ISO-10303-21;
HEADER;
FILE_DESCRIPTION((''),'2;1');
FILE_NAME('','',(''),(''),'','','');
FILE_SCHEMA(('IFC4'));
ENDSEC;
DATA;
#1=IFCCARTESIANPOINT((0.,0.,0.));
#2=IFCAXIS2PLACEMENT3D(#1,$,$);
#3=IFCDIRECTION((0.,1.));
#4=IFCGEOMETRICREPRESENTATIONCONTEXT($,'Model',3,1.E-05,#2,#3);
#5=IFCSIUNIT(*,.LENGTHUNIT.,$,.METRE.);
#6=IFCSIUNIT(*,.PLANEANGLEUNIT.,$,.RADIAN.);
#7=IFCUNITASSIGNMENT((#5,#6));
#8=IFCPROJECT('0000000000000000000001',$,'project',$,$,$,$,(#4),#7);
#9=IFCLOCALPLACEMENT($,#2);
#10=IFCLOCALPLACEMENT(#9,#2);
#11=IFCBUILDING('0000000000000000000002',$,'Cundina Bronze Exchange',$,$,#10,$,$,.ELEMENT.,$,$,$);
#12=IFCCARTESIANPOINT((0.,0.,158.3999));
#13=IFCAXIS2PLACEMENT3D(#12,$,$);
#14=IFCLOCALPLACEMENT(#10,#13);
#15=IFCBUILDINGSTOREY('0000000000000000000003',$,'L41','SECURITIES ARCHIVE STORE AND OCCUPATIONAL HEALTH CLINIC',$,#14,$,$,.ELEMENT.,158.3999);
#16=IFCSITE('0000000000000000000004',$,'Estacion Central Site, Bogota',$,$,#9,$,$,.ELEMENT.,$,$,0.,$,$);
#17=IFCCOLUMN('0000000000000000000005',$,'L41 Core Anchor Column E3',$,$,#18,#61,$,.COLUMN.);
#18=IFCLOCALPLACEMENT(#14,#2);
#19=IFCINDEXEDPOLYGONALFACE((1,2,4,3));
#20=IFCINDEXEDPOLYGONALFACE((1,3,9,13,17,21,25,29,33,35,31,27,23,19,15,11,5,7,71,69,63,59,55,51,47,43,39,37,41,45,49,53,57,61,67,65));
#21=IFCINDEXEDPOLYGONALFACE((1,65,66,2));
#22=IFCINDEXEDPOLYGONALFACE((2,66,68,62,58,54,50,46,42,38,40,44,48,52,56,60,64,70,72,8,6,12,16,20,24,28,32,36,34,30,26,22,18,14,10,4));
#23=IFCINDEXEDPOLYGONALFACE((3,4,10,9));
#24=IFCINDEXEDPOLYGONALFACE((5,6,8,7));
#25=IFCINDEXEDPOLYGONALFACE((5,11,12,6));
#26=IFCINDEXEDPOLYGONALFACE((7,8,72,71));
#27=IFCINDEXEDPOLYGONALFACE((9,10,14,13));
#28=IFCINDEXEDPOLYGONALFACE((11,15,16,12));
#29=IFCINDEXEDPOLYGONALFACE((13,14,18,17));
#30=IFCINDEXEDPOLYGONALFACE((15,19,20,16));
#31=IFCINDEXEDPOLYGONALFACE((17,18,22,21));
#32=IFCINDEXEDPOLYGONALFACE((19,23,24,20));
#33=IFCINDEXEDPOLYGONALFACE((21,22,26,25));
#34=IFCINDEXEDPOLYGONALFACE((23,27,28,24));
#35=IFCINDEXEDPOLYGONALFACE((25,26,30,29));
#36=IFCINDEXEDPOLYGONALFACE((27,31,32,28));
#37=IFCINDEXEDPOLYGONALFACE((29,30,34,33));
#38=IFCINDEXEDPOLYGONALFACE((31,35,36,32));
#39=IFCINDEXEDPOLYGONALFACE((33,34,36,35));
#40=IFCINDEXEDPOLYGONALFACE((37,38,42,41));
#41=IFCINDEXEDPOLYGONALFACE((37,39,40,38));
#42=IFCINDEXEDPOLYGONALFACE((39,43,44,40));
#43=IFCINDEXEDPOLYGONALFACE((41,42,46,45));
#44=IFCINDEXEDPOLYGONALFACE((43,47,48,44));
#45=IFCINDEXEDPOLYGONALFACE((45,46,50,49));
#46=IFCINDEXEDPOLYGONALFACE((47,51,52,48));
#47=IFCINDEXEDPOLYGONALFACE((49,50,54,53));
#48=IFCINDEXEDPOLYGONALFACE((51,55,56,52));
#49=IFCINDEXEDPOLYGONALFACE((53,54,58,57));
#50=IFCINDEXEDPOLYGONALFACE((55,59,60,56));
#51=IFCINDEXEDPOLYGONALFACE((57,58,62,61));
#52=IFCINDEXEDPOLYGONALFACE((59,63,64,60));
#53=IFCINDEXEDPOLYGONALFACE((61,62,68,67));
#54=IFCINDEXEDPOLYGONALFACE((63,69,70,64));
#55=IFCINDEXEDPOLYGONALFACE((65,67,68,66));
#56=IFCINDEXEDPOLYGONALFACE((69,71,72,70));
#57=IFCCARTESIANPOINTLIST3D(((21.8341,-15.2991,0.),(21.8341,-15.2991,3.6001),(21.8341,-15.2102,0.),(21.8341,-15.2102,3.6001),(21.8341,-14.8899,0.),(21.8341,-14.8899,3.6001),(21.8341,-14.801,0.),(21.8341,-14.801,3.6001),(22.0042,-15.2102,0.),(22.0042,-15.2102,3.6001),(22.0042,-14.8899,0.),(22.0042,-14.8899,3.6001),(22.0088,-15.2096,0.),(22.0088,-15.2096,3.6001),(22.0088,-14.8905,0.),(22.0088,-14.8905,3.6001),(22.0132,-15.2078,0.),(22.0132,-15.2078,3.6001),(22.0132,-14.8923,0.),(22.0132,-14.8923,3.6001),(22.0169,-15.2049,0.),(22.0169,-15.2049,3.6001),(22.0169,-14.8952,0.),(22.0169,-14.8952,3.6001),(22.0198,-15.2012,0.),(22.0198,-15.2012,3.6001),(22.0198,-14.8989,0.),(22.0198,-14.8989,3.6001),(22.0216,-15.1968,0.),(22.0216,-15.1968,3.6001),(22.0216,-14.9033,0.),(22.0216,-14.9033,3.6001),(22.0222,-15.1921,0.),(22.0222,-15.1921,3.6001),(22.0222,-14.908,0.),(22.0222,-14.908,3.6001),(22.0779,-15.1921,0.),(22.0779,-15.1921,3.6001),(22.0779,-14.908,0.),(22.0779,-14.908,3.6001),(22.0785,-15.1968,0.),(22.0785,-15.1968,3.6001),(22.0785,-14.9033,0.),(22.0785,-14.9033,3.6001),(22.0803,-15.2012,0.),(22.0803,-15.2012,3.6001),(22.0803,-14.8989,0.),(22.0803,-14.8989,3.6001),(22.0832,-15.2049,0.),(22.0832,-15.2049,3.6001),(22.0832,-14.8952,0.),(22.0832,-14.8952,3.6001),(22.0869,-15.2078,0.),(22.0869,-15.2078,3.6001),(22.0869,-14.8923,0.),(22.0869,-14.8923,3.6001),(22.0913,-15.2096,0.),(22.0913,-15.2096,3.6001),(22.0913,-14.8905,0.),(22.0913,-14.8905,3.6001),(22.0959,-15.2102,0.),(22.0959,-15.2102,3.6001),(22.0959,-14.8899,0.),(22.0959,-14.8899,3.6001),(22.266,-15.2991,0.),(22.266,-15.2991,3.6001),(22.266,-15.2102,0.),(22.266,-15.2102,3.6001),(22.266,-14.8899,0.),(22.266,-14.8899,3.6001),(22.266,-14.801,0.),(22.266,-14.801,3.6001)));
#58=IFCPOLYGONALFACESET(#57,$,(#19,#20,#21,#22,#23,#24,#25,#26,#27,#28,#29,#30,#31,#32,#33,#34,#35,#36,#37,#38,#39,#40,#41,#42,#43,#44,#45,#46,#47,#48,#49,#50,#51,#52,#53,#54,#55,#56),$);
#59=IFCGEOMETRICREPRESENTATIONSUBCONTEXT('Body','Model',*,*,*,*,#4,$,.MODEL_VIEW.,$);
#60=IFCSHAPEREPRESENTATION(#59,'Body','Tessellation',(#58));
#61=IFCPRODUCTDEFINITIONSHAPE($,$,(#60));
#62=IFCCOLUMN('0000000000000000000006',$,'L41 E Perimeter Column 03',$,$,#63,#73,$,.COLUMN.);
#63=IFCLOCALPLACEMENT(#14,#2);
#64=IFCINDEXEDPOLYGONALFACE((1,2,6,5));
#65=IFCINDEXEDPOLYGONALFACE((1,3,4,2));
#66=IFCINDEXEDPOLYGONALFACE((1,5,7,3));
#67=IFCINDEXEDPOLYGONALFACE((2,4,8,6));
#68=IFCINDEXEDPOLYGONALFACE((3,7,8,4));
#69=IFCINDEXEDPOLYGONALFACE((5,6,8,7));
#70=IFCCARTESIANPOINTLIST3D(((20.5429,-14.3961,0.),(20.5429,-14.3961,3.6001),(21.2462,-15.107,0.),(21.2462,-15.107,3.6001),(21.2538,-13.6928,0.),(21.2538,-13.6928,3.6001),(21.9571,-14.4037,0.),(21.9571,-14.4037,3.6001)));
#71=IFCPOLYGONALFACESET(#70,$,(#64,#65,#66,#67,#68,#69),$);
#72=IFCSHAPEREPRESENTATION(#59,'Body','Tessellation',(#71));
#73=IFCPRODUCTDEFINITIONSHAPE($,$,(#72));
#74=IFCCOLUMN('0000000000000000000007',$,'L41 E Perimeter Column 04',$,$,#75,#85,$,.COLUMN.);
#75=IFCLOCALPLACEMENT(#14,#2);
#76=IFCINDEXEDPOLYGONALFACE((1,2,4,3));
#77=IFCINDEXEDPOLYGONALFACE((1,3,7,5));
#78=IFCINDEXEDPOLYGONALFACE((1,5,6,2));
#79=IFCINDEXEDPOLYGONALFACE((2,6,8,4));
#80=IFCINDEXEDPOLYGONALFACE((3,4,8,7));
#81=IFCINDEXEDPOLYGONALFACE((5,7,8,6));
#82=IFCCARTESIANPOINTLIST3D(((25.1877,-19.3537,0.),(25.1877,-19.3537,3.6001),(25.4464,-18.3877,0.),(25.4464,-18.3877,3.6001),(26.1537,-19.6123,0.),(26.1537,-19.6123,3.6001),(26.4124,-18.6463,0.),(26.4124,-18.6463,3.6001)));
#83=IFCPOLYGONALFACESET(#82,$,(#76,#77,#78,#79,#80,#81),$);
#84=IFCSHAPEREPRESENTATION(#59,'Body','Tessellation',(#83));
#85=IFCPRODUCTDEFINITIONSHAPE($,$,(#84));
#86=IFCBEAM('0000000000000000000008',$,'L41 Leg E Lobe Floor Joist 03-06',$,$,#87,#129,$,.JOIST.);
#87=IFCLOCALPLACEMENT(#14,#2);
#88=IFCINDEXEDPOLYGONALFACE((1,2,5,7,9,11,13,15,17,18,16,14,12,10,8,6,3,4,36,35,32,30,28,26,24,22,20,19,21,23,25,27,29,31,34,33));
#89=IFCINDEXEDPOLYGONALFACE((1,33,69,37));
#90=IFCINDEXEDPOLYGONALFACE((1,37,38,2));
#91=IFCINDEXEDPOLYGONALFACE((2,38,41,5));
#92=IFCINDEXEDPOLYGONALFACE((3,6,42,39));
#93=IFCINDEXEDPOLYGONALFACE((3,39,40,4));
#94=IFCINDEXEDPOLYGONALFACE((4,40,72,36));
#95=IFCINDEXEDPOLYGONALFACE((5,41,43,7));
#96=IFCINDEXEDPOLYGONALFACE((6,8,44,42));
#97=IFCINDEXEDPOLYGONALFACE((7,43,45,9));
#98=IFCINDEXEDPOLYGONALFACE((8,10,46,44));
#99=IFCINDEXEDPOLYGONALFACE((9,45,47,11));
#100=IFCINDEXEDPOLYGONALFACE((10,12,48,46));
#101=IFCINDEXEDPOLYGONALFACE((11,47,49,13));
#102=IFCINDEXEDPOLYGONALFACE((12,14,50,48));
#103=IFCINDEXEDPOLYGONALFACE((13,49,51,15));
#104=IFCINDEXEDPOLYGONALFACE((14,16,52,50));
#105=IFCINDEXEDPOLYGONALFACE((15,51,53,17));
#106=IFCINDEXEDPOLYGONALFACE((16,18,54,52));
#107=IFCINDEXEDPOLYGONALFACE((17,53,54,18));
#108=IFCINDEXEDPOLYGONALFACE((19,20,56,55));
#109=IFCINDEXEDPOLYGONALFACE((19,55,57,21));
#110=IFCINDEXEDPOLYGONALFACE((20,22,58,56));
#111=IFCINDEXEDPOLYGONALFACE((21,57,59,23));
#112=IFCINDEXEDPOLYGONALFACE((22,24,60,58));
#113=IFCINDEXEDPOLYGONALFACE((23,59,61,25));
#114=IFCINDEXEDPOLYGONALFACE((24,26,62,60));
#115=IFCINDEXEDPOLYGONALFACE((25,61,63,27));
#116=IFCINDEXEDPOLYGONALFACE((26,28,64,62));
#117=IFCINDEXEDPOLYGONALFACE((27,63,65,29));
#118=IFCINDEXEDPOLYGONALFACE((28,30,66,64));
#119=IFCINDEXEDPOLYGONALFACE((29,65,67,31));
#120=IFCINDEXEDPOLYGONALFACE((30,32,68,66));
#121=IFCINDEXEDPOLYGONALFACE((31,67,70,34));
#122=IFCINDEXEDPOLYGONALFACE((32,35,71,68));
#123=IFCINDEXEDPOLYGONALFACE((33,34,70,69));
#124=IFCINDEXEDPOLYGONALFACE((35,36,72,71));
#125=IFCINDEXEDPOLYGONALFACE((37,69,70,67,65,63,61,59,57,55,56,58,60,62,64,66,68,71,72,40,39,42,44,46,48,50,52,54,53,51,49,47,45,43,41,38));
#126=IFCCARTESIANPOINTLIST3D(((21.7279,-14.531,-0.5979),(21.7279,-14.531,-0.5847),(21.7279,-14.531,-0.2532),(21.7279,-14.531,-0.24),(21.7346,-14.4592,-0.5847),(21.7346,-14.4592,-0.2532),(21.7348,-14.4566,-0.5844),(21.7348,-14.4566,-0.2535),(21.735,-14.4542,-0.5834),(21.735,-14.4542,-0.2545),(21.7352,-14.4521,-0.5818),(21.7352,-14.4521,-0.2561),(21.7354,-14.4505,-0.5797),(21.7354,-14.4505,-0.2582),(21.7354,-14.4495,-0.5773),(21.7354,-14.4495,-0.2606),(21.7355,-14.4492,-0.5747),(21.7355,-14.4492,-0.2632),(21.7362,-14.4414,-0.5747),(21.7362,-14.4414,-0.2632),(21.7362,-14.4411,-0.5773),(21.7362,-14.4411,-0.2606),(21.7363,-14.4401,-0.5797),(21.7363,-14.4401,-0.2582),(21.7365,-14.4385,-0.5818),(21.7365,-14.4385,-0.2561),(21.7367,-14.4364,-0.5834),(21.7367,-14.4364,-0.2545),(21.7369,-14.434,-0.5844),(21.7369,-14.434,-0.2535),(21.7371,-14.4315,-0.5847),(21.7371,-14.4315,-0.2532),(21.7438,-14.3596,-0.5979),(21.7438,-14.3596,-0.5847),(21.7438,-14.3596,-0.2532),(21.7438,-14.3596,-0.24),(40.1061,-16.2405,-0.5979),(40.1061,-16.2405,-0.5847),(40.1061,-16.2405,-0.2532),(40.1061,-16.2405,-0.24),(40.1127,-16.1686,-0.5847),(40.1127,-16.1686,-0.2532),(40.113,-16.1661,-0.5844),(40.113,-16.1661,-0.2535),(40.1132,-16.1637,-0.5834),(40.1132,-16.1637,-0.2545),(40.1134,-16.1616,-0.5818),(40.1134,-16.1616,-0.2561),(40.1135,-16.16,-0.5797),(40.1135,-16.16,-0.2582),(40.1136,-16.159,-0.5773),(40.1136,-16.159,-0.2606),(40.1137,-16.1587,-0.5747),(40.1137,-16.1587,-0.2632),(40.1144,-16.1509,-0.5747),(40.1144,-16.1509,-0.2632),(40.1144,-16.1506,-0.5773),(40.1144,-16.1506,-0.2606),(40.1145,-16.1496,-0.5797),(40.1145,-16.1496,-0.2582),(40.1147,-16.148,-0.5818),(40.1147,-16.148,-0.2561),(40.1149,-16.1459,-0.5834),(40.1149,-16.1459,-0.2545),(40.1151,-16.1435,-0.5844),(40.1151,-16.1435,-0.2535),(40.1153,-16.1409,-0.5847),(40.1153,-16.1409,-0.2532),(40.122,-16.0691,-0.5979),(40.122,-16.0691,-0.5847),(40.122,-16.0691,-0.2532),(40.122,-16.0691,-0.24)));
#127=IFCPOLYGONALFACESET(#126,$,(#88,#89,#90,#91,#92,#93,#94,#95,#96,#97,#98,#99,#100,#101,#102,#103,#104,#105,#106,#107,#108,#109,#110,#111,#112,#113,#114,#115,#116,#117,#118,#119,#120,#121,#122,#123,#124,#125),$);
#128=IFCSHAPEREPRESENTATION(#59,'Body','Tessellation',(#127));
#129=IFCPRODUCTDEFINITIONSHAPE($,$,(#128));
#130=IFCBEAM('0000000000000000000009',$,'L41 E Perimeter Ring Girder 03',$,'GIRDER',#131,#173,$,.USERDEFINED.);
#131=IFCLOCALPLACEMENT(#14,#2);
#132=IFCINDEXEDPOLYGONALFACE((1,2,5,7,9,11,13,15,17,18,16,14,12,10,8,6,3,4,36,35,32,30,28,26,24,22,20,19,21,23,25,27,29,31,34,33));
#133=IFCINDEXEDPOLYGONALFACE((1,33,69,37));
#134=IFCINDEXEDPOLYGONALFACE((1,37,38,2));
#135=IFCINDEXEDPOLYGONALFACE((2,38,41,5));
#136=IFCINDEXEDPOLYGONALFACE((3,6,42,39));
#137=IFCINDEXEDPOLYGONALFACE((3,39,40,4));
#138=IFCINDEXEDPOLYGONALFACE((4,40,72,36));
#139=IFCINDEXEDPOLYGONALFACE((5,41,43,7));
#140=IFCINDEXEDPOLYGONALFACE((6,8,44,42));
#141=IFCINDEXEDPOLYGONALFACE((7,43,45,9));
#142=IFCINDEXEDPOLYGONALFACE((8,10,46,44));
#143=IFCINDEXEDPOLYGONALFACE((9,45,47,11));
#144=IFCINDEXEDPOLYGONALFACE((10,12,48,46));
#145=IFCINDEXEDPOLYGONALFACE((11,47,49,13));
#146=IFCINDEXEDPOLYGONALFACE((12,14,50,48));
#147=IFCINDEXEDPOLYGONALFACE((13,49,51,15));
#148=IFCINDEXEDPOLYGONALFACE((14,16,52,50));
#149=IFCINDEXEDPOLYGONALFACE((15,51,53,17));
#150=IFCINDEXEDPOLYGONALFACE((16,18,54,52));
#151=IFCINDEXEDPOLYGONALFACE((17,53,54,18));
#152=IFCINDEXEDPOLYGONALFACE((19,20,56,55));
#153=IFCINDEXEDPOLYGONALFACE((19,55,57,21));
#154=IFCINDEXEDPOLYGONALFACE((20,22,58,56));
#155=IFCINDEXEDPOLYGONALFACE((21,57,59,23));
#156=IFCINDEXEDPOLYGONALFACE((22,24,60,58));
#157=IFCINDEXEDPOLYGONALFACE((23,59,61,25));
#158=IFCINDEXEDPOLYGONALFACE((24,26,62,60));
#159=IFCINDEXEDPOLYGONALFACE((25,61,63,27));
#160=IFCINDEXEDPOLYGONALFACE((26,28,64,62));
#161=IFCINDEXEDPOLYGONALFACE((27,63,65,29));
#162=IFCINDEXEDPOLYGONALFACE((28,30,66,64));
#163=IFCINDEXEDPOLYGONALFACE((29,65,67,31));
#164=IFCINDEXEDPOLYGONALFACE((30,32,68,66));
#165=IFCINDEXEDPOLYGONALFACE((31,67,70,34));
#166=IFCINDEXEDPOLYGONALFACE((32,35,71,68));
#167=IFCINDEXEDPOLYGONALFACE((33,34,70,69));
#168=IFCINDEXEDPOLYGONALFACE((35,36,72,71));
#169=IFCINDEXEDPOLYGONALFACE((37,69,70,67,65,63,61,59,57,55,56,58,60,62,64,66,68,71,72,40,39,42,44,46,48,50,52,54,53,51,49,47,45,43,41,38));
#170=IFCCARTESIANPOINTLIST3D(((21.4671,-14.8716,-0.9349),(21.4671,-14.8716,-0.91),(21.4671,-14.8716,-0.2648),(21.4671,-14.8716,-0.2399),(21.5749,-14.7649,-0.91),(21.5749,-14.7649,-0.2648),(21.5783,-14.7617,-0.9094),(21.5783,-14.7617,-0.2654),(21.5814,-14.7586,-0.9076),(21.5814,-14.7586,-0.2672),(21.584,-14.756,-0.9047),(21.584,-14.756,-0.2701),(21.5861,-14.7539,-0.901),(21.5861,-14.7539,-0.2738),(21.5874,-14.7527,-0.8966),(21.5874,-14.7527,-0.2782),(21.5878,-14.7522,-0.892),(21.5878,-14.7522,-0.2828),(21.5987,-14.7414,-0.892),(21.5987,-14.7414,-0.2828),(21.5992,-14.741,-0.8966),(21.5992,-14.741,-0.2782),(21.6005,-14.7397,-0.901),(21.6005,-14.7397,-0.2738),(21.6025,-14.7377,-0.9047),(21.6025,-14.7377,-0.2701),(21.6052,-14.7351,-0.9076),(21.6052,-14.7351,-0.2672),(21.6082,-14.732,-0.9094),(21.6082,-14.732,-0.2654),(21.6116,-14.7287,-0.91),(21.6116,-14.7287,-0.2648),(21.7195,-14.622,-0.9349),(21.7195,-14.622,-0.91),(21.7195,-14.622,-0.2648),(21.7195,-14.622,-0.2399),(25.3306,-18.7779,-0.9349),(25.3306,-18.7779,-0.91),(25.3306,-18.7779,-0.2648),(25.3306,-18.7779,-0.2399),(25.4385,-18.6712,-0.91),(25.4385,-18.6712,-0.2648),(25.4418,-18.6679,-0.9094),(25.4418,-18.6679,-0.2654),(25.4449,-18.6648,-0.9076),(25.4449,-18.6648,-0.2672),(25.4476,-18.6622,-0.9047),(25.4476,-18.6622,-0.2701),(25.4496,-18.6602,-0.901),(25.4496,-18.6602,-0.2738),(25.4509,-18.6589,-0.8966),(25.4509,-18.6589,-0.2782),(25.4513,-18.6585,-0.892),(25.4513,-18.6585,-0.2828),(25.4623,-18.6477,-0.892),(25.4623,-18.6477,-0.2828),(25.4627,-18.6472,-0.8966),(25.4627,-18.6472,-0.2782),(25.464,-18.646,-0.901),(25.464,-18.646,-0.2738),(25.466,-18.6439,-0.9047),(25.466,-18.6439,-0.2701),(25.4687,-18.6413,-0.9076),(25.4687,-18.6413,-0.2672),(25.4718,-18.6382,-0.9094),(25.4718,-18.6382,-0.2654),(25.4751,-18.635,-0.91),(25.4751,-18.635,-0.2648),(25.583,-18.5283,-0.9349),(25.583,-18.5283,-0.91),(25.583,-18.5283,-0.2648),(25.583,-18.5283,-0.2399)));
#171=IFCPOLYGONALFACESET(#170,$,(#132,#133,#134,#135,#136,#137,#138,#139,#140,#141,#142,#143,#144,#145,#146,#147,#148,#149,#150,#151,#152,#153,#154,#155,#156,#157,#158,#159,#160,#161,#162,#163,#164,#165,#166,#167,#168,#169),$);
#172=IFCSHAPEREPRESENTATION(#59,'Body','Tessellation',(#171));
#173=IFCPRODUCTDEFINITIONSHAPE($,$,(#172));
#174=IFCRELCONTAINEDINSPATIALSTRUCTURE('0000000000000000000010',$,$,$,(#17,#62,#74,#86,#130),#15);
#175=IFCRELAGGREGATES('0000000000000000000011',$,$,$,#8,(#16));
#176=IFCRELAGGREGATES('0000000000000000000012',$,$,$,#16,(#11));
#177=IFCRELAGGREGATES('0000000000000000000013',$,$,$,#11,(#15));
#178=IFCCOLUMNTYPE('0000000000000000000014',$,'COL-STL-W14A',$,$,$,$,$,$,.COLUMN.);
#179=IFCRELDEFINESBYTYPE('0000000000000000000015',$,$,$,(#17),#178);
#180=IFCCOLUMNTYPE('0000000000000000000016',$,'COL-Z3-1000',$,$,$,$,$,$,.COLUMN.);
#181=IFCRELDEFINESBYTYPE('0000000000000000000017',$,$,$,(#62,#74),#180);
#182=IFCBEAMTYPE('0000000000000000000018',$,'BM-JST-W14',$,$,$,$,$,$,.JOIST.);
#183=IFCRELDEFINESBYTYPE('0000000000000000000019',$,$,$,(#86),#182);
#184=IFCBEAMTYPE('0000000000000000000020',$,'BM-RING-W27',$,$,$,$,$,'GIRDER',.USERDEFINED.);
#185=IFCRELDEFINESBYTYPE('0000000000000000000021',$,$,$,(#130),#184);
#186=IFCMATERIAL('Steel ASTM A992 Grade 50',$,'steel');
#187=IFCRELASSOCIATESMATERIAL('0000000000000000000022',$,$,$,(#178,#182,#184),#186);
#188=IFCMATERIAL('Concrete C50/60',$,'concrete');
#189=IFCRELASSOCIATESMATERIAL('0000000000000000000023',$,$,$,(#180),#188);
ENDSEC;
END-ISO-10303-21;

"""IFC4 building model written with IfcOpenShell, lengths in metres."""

from ifc_helpers import new_model, si_unit, direction, frame, origin, origin_2d, place, context, subcontext, project, spatial, rectangle, i_section, extrude, material, material_profile, profile_set, type_object, element, save


model = new_model("IFC4")

# Units and contexts
model_context = context("Model", 3, precision=1e-05, world=origin(), true_north=direction((0.0, 1.0)))
body_context = subcontext(model_context, "Body", "Model", "MODEL_VIEW")
ifc_project = project(units=[si_unit("LENGTHUNIT", "METRE"), si_unit("PLANEANGLEUNIT", "RADIAN")], contexts=[model_context])

# Site, building, storey
site_placement = place(None, origin())
site = spatial("IfcSite", under=ifc_project, at=site_placement, Name="Estacion Central Site, Bogota", CompositionType="ELEMENT", RefElevation=0.0)
building_placement = place(site_placement, origin())
building = spatial("IfcBuilding", under=site, at=building_placement, Name="Cundina Bronze Exchange", CompositionType="ELEMENT")
storey_placement = place(building_placement, frame((0.0, 0.0, 158.3999)))
storey = spatial("IfcBuildingStorey", under=building, at=storey_placement, Name="L41", Description="SECURITIES ARCHIVE STORE AND OCCUPATIONAL HEALTH CLINIC", CompositionType="ELEMENT", Elevation=158.3999)

# Columns
ifc_material_1 = material(Name="Steel ASTM A992 Grade 50", Category="steel")
ifc_material_profile_1 = material_profile(ifc_material_1, i_section(OverallWidth=0.4319, OverallDepth=0.498, WebThickness=0.0557, FlangeThickness=0.0889, FilletRadius=0.0181, at=origin_2d()), Name="W14X500", Category="steel")
ifc_profile_set_1 = profile_set([ifc_material_profile_1], Name="Steel ASTM A992 Grade 50")
column_type_1 = type_object("IfcColumnType", Name="COL-STL-W14A", PredefinedType="COLUMN", material=ifc_profile_set_1)
column_placement = place(storey_placement, frame((22.05, -15.05, 0.0), z_axis=(0.0, 0.0, 1.0), x_axis=(1.0, 0.0, 0.0)))
element("IfcColumn", 1, at=column_placement, inside=storey, type_object=column_type_1, Name="L41 Core Anchor Column E3", PredefinedType="COLUMN", context=body_context, shape_type="SweptSolid", body=[
    extrude(i_section(OverallWidth=0.4319, OverallDepth=0.498, WebThickness=0.0557, FlangeThickness=0.0889, FilletRadius=0.0181, at=origin_2d()), origin(), (0.0, 0.0, 1.0), 3.6001),
])
ifc_material_2 = material(Name="Concrete C50/60", Category="concrete")
ifc_material_profile_2 = material_profile(ifc_material_2, rectangle(XDim=1.0, YDim=1.0, at=origin_2d()), Name="RC1000X1000", Category="concrete")
ifc_profile_set_2 = profile_set([ifc_material_profile_2], Name="Concrete C50/60")
column_type_2 = type_object("IfcColumnType", Name="COL-Z3-1000", PredefinedType="COLUMN", material=ifc_profile_set_2)
for number, where, z_axis, x_axis, name in (
    (2, (21.25, -14.3999, 0.0), (0.0, 0.0, 1.0), (0.703271, -0.710922, 0.0), "L41 E Perimeter Column 03"),
    (3, (25.8, -19.0, 0.0), (0.0, 0.0, 1.0), (0.965971, -0.25865, 0.0), "L41 E Perimeter Column 04"),
):
    element("IfcColumn", number, at=place(storey_placement, frame(where, z_axis=z_axis, x_axis=x_axis)), inside=storey, type_object=column_type_2, Name=name, PredefinedType="COLUMN", context=body_context, shape_type="SweptSolid", body=[
        extrude(rectangle(XDim=1.0, YDim=1.0, at=origin_2d()), origin(), (0.0, 0.0, 1.0), 3.6001),
    ])

# Beams
ifc_material_profile_3 = material_profile(ifc_material_1, i_section(OverallWidth=0.1721, OverallDepth=0.3579, WebThickness=0.0078, FlangeThickness=0.0132, FilletRadius=0.01, at=origin_2d()), Name="W14X38", Category="steel")
ifc_profile_set_3 = profile_set([ifc_material_profile_3], Name="Steel ASTM A992 Grade 50")
beam_type_1 = type_object("IfcBeamType", Name="BM-JST-W14", PredefinedType="JOIST", material=ifc_profile_set_3)
beam_1_placement = place(storey_placement, frame((21.7358, -14.4453, -0.4189), z_axis=(0.995702, -0.092617, 0.0), x_axis=(0.092617, 0.995702, 0.0)))
element("IfcBeam", 4, at=beam_1_placement, inside=storey, type_object=beam_type_1, Name="L41 Leg E Lobe Floor Joist 03-06", PredefinedType="JOIST", context=body_context, shape_type="SweptSolid", body=[
    extrude(i_section(OverallWidth=0.1721, OverallDepth=0.3579, WebThickness=0.0078, FlangeThickness=0.0132, FilletRadius=0.01, at=origin_2d()), origin(), (0.0, 0.0, 1.0), 18.4575),
])
ifc_material_profile_4 = material_profile(ifc_material_1, i_section(OverallWidth=0.355, OverallDepth=0.6951, WebThickness=0.0154, FlangeThickness=0.0249, FilletRadius=0.0181, at=origin_2d()), Name="W27X146", Category="steel")
ifc_profile_set_4 = profile_set([ifc_material_profile_4], Name="Steel ASTM A992 Grade 50")
beam_type_2 = type_object("IfcBeamType", Name="BM-RING-W27", ElementType="GIRDER", PredefinedType="USERDEFINED", material=ifc_profile_set_4)
beam_2_placement = place(storey_placement, frame((21.5933, -14.7468, -0.5874), z_axis=(0.703208, -0.710984, 0.0), x_axis=(0.710984, 0.703208, 0.0)))
element("IfcBeam", 5, at=beam_2_placement, inside=storey, type_object=beam_type_2, Name="L41 E Perimeter Ring Girder 03", ObjectType="GIRDER", PredefinedType="USERDEFINED", context=body_context, shape_type="SweptSolid", body=[
    extrude(i_section(OverallWidth=0.355, OverallDepth=0.6951, WebThickness=0.0154, FlangeThickness=0.0249, FilletRadius=0.0181, at=origin_2d()), origin(), (0.0, 0.0, 1.0), 5.4941),
])

save(model, "model.ifc")
